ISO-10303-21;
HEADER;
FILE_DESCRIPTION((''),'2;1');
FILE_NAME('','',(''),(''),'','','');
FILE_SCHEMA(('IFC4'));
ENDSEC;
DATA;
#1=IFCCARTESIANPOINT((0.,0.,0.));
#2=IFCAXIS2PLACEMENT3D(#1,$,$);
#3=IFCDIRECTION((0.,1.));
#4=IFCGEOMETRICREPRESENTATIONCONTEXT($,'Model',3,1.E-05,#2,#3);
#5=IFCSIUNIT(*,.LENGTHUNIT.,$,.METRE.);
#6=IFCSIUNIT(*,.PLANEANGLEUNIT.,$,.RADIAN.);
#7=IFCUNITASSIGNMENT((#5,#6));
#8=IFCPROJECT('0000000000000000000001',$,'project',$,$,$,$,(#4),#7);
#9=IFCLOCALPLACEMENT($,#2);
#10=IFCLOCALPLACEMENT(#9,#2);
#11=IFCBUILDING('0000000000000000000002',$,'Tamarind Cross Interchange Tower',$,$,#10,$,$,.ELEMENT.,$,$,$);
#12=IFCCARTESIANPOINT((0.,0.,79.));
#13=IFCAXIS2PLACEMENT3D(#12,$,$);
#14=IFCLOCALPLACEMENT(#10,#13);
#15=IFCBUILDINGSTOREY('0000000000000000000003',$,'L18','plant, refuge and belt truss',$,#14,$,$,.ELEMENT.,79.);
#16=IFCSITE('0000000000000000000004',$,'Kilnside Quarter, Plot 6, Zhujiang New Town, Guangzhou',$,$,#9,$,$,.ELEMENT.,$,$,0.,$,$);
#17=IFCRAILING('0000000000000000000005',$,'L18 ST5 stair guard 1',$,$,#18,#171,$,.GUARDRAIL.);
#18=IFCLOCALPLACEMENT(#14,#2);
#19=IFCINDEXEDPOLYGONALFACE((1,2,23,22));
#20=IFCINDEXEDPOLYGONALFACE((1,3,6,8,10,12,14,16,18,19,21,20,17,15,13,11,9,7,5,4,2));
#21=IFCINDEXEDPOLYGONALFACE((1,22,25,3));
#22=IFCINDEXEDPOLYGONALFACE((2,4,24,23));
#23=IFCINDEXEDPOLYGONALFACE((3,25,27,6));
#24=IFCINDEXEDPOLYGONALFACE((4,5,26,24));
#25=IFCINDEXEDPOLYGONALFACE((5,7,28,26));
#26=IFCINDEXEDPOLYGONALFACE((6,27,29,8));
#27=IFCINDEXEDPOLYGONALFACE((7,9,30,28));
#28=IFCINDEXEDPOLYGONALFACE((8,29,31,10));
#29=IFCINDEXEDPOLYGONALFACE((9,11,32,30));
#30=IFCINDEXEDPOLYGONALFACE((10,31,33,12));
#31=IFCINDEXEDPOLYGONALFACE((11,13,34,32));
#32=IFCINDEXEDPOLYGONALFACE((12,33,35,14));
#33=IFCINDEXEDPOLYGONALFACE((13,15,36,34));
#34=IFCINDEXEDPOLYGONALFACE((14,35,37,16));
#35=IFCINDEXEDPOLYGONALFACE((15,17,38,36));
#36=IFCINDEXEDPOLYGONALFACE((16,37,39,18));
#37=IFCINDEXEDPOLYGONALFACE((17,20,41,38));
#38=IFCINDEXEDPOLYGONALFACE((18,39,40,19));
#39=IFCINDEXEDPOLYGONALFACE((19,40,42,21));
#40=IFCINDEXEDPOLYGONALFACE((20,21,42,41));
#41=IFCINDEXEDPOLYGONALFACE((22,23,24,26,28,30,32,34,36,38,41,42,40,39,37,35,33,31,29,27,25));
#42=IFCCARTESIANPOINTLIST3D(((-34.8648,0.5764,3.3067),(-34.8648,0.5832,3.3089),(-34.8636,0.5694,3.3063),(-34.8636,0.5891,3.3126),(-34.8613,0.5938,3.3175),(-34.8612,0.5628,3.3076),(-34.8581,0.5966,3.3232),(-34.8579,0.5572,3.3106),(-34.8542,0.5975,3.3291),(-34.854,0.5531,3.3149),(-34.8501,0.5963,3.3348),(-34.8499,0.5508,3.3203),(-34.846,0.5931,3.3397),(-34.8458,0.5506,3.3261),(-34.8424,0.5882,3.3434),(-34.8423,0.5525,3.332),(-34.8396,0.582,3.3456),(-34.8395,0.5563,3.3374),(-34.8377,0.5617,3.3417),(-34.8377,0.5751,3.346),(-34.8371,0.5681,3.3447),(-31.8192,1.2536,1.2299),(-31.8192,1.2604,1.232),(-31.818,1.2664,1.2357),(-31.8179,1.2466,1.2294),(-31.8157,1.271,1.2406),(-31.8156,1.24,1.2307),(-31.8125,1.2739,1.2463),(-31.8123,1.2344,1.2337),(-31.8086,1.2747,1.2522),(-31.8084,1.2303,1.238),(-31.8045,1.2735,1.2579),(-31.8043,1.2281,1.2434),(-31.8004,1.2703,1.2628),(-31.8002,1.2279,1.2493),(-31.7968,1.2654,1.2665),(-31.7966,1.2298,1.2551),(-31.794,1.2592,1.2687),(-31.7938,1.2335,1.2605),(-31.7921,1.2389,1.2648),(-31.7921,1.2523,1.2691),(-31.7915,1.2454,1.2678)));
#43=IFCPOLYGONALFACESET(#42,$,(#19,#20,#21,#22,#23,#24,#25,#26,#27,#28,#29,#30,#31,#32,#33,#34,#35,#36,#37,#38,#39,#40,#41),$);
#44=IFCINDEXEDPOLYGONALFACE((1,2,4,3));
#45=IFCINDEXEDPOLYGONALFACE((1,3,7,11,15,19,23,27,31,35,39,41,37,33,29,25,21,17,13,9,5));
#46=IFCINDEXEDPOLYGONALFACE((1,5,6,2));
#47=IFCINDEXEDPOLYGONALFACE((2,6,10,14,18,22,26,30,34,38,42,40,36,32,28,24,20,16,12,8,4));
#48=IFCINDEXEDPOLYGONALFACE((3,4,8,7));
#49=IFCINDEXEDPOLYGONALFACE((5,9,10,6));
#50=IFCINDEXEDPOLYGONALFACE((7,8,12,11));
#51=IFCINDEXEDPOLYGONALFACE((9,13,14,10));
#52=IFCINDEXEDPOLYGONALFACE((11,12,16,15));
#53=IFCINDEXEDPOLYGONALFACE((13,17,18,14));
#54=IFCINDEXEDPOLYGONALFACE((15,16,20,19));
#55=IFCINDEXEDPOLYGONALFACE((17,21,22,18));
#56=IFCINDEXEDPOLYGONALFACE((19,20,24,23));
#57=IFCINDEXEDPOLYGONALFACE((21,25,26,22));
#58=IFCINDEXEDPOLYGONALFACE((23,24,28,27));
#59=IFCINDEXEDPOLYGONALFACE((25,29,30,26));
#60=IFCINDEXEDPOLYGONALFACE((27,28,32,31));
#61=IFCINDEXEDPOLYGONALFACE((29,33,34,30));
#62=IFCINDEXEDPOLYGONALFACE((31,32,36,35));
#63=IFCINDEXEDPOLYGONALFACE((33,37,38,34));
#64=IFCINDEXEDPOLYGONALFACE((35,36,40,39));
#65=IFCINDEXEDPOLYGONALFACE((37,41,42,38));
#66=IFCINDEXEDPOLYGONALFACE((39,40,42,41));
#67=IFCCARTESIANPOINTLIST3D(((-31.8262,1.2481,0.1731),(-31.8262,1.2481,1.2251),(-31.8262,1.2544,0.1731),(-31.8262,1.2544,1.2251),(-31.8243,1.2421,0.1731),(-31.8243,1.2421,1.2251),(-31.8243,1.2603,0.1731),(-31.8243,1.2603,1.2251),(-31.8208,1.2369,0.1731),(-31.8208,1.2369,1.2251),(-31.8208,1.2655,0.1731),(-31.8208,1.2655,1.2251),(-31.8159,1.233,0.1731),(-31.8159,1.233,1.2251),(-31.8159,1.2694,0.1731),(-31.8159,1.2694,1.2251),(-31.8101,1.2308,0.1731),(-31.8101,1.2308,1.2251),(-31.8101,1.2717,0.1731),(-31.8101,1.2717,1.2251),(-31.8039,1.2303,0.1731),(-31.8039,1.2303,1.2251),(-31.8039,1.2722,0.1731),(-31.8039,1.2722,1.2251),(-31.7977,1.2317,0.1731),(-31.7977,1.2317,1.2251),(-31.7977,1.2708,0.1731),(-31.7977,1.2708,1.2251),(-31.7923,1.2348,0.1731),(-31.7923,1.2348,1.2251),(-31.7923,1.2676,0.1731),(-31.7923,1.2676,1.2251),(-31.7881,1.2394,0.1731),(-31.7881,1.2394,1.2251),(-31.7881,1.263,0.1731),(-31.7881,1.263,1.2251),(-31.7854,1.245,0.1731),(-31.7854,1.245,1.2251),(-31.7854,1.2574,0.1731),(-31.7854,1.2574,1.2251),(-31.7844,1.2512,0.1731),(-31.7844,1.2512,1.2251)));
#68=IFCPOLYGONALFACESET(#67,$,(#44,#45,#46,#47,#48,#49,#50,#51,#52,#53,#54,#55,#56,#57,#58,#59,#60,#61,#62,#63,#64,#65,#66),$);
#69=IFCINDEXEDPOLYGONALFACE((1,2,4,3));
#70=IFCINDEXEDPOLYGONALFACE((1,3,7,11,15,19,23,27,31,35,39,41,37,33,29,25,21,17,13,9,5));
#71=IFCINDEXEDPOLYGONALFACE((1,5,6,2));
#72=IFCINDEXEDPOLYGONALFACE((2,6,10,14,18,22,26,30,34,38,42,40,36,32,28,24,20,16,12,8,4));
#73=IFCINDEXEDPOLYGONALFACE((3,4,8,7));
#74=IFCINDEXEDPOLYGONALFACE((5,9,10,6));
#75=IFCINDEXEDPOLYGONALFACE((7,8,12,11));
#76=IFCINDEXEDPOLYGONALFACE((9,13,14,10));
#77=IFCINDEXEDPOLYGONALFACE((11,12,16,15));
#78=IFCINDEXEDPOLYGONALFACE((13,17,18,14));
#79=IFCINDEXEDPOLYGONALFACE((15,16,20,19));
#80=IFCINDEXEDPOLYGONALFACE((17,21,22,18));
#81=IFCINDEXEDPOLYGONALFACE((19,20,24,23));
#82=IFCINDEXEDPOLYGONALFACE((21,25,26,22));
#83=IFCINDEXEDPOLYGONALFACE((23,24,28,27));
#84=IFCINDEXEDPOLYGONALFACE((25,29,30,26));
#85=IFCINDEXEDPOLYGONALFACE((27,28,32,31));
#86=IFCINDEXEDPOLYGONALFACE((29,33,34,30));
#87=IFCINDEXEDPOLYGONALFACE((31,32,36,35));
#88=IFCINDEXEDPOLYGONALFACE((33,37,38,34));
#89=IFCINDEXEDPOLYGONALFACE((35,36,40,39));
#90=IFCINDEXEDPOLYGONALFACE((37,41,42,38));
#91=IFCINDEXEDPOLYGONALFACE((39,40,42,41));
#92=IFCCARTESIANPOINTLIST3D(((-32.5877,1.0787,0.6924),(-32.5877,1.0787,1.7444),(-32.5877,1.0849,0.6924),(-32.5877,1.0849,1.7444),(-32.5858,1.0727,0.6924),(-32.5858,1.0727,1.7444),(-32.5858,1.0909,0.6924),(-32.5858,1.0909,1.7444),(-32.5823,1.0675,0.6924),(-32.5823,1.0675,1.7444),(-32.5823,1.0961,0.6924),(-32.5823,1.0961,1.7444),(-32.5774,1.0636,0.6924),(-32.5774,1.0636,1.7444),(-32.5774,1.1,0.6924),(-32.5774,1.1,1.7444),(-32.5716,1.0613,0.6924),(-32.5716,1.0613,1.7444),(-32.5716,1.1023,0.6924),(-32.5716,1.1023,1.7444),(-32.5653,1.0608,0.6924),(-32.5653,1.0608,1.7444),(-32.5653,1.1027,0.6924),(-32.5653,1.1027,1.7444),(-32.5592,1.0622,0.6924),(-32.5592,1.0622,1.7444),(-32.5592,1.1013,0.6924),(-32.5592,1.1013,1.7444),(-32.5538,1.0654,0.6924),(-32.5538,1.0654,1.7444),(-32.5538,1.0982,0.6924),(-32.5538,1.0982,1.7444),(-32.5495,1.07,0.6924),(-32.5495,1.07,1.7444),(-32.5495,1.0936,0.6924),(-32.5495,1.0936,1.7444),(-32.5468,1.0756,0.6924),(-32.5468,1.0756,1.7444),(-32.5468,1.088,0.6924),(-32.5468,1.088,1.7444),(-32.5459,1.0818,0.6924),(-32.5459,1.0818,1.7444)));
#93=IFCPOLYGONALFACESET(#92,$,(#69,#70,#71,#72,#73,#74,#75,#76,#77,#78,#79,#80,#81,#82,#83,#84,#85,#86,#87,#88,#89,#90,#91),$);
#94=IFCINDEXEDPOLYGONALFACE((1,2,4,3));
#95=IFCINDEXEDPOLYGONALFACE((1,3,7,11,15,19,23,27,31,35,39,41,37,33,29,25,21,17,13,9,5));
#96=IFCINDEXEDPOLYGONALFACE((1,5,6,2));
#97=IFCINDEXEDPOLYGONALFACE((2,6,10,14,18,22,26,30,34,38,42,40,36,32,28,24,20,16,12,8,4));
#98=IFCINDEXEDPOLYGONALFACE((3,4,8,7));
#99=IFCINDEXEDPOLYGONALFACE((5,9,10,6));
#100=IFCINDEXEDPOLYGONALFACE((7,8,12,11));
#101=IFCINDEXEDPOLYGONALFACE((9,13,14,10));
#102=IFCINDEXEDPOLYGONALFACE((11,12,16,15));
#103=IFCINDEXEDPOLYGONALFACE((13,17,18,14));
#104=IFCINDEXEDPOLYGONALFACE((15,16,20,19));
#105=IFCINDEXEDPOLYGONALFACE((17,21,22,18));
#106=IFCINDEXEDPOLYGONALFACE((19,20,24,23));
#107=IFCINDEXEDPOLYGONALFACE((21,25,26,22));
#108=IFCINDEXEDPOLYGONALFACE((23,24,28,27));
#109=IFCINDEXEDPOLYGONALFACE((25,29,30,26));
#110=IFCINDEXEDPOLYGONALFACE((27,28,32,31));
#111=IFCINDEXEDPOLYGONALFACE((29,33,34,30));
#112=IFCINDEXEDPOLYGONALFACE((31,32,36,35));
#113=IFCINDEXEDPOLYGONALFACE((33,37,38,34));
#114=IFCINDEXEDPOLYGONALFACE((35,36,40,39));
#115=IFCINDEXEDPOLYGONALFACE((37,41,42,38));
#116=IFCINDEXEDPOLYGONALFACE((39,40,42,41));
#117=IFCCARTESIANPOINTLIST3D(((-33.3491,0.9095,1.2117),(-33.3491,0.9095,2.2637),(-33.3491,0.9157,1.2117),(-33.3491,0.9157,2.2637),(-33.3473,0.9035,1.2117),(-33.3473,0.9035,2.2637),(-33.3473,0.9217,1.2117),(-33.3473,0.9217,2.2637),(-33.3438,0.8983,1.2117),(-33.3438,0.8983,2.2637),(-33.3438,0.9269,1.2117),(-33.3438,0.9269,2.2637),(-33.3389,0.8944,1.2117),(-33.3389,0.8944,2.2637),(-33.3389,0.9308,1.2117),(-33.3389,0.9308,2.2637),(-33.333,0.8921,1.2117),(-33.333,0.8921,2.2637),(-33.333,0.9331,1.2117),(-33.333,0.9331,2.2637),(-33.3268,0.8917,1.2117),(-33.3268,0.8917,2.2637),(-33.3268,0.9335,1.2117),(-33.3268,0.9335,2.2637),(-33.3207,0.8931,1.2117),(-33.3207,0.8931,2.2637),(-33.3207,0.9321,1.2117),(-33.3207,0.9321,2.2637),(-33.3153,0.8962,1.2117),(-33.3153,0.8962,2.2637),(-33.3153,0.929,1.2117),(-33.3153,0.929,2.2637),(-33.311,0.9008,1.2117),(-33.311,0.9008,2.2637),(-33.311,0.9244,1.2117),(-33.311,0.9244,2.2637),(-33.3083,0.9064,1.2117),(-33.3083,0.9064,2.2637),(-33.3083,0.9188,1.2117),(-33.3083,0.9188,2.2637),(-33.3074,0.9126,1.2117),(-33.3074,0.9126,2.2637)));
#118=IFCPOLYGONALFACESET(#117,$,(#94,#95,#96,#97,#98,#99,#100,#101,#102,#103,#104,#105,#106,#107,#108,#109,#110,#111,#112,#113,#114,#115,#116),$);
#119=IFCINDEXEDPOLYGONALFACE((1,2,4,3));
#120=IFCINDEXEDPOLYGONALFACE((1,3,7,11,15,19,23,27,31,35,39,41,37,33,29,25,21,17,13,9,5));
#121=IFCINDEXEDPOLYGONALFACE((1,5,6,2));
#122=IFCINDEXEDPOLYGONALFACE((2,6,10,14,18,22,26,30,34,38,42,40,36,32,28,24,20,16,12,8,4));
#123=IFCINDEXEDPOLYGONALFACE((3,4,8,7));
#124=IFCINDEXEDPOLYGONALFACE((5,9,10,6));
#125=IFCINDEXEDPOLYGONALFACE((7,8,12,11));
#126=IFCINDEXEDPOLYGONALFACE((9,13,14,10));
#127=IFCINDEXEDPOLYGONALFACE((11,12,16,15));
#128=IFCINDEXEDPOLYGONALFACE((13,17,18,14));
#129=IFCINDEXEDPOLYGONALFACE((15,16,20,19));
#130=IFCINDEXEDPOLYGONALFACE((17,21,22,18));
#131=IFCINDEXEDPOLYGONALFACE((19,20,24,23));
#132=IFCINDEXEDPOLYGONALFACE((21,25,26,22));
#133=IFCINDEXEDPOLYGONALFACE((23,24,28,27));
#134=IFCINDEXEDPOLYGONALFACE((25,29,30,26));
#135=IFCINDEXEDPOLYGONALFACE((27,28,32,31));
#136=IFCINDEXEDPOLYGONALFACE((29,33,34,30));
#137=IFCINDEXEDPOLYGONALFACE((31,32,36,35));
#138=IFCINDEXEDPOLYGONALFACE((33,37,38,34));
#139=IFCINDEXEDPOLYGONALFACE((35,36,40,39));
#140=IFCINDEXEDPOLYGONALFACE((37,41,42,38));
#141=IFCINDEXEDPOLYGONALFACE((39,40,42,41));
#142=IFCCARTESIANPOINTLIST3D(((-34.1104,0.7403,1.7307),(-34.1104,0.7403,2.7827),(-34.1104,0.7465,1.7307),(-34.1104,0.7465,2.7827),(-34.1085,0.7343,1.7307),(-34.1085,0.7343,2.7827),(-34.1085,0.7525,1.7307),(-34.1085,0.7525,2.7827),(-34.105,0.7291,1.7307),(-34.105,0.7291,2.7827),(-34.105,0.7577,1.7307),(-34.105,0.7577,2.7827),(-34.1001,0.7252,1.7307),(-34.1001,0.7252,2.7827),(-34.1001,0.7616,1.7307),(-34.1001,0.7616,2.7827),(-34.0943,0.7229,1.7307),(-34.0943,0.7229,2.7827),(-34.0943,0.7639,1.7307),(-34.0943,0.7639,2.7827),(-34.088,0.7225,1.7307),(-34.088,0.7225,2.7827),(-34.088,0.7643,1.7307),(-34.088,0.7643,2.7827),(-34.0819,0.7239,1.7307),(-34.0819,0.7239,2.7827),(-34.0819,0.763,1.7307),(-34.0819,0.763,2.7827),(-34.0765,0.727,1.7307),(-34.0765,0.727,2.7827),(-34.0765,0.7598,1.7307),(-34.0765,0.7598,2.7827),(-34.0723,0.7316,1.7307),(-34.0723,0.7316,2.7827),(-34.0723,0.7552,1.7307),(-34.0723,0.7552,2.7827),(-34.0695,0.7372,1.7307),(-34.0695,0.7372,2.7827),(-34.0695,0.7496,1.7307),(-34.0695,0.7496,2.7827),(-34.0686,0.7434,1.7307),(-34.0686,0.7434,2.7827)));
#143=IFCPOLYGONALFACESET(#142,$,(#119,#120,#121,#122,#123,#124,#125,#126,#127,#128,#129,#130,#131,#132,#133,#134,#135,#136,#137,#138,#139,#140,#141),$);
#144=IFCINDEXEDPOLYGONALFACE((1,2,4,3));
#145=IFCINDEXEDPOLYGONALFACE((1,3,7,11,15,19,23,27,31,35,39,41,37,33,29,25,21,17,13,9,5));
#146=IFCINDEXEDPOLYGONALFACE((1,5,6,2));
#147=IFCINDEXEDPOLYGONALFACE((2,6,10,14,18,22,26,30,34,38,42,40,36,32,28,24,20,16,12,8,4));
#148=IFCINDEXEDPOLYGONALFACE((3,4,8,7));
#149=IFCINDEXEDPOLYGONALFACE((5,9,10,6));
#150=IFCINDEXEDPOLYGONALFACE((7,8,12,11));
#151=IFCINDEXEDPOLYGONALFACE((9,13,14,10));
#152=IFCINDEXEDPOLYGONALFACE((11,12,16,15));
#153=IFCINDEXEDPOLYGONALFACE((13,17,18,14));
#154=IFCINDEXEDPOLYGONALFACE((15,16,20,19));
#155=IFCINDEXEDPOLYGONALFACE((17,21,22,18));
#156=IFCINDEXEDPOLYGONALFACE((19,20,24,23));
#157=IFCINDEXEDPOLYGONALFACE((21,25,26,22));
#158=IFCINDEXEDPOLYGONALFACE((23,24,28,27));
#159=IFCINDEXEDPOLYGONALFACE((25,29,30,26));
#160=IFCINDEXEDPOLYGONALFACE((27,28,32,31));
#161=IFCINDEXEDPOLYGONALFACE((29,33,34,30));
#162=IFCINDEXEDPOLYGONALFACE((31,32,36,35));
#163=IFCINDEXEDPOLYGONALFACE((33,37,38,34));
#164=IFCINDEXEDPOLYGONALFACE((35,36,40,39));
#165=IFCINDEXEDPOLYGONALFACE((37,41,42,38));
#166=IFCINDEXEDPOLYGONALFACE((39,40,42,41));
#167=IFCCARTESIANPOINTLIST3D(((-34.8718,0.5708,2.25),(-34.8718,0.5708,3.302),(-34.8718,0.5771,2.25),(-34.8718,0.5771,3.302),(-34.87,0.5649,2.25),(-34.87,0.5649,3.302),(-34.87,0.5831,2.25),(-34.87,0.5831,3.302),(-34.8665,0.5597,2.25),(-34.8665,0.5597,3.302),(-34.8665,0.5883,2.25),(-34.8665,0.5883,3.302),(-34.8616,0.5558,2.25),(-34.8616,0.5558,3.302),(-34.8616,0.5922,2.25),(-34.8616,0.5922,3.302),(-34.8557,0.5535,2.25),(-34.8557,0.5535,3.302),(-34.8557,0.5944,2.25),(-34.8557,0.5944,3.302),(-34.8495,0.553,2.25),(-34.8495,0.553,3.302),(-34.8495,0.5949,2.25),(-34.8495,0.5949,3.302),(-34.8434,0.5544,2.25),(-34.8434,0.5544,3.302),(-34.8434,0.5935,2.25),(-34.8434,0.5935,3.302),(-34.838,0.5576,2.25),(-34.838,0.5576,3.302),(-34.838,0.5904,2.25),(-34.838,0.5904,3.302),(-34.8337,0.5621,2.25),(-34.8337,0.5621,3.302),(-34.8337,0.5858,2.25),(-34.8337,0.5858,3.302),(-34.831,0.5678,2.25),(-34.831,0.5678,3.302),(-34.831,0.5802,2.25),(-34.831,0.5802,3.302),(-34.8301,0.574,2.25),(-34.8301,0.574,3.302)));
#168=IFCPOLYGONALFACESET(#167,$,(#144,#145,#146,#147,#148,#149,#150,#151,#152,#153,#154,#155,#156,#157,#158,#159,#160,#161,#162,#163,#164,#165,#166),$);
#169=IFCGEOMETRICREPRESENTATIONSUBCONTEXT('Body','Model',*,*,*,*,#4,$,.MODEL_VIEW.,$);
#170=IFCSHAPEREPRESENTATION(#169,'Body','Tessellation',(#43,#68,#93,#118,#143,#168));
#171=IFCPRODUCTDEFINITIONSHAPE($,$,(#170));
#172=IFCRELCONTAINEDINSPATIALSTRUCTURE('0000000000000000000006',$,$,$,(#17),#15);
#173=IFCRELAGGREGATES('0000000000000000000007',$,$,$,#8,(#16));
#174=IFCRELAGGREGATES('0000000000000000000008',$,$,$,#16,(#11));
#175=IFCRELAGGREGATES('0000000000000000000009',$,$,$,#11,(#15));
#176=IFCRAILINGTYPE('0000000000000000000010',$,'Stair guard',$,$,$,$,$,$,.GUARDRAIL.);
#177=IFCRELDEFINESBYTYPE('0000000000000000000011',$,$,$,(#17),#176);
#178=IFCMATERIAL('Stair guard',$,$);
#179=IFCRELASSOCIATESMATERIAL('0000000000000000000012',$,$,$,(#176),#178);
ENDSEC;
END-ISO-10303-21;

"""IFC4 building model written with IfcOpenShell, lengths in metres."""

from ifc_helpers import new_model, si_unit, direction, frame, origin, origin_2d, place, context, subcontext, project, spatial, circle, extrude, material, type_object, element, save


model = new_model("IFC4")

# Units and contexts
model_context = context("Model", 3, precision=1e-05, world=origin(), true_north=direction((0.0, 1.0)))
body_context = subcontext(model_context, "Body", "Model", "MODEL_VIEW")
ifc_project = project(units=[si_unit("LENGTHUNIT", "METRE"), si_unit("PLANEANGLEUNIT", "RADIAN")], contexts=[model_context])

# Site, building, storey
site_placement = place(None, origin())
site = spatial("IfcSite", under=ifc_project, at=site_placement, Name="Kilnside Quarter, Plot 6, Zhujiang New Town, Guangzhou", CompositionType="ELEMENT", RefElevation=0.0)
building_placement = place(site_placement, origin())
building = spatial("IfcBuilding", under=site, at=building_placement, Name="Tamarind Cross Interchange Tower", CompositionType="ELEMENT")
storey_placement = place(building_placement, frame((0.0, 0.0, 79.0)))
storey = spatial("IfcBuildingStorey", under=building, at=storey_placement, Name="L18", Description="plant, refuge and belt truss", CompositionType="ELEMENT", Elevation=79.0)

# Railing
ifc_material_1 = material(Name="Stair guard")
railing_type_1 = type_object("IfcRailingType", Name="Stair guard", PredefinedType="GUARDRAIL", material=ifc_material_1)
railing_1_placement = place(storey_placement, frame((-31.8054, 1.2512, 0.1731)))
element("IfcRailing", 1, at=railing_1_placement, inside=storey, type_object=railing_type_1, Name="L18 ST5 stair guard 1", PredefinedType="GUARDRAIL", context=body_context, shape_type="SweptSolid", body=[
    extrude(circle(Radius=0.0239, at=origin_2d()), frame((0.0, 0.0, 1.0762), z_axis=(-0.812588, -0.180691, 0.554123), x_axis=(0.217063, -0.976158, 0.0)), (0.0, 0.0, 1.0), 3.748),
    extrude(circle(Radius=0.021, at=origin_2d()), origin(), (0.0, 0.0, 1.0), 1.052),
    extrude(circle(Radius=0.021, at=origin_2d()), frame((-0.7615, -0.1694, 0.5193)), (0.0, 0.0, 1.0), 1.052),
    extrude(circle(Radius=0.021, at=origin_2d()), frame((-1.5229, -0.3386, 1.0386)), (0.0, 0.0, 1.0), 1.052),
    extrude(circle(Radius=0.021, at=origin_2d()), frame((-2.2842, -0.5078, 1.5576)), (0.0, 0.0, 1.0), 1.052),
    extrude(circle(Radius=0.021, at=origin_2d()), frame((-3.0457, -0.6772, 2.0769)), (0.0, 0.0, 1.0), 1.052),
])

save(model, "model.ifc")
